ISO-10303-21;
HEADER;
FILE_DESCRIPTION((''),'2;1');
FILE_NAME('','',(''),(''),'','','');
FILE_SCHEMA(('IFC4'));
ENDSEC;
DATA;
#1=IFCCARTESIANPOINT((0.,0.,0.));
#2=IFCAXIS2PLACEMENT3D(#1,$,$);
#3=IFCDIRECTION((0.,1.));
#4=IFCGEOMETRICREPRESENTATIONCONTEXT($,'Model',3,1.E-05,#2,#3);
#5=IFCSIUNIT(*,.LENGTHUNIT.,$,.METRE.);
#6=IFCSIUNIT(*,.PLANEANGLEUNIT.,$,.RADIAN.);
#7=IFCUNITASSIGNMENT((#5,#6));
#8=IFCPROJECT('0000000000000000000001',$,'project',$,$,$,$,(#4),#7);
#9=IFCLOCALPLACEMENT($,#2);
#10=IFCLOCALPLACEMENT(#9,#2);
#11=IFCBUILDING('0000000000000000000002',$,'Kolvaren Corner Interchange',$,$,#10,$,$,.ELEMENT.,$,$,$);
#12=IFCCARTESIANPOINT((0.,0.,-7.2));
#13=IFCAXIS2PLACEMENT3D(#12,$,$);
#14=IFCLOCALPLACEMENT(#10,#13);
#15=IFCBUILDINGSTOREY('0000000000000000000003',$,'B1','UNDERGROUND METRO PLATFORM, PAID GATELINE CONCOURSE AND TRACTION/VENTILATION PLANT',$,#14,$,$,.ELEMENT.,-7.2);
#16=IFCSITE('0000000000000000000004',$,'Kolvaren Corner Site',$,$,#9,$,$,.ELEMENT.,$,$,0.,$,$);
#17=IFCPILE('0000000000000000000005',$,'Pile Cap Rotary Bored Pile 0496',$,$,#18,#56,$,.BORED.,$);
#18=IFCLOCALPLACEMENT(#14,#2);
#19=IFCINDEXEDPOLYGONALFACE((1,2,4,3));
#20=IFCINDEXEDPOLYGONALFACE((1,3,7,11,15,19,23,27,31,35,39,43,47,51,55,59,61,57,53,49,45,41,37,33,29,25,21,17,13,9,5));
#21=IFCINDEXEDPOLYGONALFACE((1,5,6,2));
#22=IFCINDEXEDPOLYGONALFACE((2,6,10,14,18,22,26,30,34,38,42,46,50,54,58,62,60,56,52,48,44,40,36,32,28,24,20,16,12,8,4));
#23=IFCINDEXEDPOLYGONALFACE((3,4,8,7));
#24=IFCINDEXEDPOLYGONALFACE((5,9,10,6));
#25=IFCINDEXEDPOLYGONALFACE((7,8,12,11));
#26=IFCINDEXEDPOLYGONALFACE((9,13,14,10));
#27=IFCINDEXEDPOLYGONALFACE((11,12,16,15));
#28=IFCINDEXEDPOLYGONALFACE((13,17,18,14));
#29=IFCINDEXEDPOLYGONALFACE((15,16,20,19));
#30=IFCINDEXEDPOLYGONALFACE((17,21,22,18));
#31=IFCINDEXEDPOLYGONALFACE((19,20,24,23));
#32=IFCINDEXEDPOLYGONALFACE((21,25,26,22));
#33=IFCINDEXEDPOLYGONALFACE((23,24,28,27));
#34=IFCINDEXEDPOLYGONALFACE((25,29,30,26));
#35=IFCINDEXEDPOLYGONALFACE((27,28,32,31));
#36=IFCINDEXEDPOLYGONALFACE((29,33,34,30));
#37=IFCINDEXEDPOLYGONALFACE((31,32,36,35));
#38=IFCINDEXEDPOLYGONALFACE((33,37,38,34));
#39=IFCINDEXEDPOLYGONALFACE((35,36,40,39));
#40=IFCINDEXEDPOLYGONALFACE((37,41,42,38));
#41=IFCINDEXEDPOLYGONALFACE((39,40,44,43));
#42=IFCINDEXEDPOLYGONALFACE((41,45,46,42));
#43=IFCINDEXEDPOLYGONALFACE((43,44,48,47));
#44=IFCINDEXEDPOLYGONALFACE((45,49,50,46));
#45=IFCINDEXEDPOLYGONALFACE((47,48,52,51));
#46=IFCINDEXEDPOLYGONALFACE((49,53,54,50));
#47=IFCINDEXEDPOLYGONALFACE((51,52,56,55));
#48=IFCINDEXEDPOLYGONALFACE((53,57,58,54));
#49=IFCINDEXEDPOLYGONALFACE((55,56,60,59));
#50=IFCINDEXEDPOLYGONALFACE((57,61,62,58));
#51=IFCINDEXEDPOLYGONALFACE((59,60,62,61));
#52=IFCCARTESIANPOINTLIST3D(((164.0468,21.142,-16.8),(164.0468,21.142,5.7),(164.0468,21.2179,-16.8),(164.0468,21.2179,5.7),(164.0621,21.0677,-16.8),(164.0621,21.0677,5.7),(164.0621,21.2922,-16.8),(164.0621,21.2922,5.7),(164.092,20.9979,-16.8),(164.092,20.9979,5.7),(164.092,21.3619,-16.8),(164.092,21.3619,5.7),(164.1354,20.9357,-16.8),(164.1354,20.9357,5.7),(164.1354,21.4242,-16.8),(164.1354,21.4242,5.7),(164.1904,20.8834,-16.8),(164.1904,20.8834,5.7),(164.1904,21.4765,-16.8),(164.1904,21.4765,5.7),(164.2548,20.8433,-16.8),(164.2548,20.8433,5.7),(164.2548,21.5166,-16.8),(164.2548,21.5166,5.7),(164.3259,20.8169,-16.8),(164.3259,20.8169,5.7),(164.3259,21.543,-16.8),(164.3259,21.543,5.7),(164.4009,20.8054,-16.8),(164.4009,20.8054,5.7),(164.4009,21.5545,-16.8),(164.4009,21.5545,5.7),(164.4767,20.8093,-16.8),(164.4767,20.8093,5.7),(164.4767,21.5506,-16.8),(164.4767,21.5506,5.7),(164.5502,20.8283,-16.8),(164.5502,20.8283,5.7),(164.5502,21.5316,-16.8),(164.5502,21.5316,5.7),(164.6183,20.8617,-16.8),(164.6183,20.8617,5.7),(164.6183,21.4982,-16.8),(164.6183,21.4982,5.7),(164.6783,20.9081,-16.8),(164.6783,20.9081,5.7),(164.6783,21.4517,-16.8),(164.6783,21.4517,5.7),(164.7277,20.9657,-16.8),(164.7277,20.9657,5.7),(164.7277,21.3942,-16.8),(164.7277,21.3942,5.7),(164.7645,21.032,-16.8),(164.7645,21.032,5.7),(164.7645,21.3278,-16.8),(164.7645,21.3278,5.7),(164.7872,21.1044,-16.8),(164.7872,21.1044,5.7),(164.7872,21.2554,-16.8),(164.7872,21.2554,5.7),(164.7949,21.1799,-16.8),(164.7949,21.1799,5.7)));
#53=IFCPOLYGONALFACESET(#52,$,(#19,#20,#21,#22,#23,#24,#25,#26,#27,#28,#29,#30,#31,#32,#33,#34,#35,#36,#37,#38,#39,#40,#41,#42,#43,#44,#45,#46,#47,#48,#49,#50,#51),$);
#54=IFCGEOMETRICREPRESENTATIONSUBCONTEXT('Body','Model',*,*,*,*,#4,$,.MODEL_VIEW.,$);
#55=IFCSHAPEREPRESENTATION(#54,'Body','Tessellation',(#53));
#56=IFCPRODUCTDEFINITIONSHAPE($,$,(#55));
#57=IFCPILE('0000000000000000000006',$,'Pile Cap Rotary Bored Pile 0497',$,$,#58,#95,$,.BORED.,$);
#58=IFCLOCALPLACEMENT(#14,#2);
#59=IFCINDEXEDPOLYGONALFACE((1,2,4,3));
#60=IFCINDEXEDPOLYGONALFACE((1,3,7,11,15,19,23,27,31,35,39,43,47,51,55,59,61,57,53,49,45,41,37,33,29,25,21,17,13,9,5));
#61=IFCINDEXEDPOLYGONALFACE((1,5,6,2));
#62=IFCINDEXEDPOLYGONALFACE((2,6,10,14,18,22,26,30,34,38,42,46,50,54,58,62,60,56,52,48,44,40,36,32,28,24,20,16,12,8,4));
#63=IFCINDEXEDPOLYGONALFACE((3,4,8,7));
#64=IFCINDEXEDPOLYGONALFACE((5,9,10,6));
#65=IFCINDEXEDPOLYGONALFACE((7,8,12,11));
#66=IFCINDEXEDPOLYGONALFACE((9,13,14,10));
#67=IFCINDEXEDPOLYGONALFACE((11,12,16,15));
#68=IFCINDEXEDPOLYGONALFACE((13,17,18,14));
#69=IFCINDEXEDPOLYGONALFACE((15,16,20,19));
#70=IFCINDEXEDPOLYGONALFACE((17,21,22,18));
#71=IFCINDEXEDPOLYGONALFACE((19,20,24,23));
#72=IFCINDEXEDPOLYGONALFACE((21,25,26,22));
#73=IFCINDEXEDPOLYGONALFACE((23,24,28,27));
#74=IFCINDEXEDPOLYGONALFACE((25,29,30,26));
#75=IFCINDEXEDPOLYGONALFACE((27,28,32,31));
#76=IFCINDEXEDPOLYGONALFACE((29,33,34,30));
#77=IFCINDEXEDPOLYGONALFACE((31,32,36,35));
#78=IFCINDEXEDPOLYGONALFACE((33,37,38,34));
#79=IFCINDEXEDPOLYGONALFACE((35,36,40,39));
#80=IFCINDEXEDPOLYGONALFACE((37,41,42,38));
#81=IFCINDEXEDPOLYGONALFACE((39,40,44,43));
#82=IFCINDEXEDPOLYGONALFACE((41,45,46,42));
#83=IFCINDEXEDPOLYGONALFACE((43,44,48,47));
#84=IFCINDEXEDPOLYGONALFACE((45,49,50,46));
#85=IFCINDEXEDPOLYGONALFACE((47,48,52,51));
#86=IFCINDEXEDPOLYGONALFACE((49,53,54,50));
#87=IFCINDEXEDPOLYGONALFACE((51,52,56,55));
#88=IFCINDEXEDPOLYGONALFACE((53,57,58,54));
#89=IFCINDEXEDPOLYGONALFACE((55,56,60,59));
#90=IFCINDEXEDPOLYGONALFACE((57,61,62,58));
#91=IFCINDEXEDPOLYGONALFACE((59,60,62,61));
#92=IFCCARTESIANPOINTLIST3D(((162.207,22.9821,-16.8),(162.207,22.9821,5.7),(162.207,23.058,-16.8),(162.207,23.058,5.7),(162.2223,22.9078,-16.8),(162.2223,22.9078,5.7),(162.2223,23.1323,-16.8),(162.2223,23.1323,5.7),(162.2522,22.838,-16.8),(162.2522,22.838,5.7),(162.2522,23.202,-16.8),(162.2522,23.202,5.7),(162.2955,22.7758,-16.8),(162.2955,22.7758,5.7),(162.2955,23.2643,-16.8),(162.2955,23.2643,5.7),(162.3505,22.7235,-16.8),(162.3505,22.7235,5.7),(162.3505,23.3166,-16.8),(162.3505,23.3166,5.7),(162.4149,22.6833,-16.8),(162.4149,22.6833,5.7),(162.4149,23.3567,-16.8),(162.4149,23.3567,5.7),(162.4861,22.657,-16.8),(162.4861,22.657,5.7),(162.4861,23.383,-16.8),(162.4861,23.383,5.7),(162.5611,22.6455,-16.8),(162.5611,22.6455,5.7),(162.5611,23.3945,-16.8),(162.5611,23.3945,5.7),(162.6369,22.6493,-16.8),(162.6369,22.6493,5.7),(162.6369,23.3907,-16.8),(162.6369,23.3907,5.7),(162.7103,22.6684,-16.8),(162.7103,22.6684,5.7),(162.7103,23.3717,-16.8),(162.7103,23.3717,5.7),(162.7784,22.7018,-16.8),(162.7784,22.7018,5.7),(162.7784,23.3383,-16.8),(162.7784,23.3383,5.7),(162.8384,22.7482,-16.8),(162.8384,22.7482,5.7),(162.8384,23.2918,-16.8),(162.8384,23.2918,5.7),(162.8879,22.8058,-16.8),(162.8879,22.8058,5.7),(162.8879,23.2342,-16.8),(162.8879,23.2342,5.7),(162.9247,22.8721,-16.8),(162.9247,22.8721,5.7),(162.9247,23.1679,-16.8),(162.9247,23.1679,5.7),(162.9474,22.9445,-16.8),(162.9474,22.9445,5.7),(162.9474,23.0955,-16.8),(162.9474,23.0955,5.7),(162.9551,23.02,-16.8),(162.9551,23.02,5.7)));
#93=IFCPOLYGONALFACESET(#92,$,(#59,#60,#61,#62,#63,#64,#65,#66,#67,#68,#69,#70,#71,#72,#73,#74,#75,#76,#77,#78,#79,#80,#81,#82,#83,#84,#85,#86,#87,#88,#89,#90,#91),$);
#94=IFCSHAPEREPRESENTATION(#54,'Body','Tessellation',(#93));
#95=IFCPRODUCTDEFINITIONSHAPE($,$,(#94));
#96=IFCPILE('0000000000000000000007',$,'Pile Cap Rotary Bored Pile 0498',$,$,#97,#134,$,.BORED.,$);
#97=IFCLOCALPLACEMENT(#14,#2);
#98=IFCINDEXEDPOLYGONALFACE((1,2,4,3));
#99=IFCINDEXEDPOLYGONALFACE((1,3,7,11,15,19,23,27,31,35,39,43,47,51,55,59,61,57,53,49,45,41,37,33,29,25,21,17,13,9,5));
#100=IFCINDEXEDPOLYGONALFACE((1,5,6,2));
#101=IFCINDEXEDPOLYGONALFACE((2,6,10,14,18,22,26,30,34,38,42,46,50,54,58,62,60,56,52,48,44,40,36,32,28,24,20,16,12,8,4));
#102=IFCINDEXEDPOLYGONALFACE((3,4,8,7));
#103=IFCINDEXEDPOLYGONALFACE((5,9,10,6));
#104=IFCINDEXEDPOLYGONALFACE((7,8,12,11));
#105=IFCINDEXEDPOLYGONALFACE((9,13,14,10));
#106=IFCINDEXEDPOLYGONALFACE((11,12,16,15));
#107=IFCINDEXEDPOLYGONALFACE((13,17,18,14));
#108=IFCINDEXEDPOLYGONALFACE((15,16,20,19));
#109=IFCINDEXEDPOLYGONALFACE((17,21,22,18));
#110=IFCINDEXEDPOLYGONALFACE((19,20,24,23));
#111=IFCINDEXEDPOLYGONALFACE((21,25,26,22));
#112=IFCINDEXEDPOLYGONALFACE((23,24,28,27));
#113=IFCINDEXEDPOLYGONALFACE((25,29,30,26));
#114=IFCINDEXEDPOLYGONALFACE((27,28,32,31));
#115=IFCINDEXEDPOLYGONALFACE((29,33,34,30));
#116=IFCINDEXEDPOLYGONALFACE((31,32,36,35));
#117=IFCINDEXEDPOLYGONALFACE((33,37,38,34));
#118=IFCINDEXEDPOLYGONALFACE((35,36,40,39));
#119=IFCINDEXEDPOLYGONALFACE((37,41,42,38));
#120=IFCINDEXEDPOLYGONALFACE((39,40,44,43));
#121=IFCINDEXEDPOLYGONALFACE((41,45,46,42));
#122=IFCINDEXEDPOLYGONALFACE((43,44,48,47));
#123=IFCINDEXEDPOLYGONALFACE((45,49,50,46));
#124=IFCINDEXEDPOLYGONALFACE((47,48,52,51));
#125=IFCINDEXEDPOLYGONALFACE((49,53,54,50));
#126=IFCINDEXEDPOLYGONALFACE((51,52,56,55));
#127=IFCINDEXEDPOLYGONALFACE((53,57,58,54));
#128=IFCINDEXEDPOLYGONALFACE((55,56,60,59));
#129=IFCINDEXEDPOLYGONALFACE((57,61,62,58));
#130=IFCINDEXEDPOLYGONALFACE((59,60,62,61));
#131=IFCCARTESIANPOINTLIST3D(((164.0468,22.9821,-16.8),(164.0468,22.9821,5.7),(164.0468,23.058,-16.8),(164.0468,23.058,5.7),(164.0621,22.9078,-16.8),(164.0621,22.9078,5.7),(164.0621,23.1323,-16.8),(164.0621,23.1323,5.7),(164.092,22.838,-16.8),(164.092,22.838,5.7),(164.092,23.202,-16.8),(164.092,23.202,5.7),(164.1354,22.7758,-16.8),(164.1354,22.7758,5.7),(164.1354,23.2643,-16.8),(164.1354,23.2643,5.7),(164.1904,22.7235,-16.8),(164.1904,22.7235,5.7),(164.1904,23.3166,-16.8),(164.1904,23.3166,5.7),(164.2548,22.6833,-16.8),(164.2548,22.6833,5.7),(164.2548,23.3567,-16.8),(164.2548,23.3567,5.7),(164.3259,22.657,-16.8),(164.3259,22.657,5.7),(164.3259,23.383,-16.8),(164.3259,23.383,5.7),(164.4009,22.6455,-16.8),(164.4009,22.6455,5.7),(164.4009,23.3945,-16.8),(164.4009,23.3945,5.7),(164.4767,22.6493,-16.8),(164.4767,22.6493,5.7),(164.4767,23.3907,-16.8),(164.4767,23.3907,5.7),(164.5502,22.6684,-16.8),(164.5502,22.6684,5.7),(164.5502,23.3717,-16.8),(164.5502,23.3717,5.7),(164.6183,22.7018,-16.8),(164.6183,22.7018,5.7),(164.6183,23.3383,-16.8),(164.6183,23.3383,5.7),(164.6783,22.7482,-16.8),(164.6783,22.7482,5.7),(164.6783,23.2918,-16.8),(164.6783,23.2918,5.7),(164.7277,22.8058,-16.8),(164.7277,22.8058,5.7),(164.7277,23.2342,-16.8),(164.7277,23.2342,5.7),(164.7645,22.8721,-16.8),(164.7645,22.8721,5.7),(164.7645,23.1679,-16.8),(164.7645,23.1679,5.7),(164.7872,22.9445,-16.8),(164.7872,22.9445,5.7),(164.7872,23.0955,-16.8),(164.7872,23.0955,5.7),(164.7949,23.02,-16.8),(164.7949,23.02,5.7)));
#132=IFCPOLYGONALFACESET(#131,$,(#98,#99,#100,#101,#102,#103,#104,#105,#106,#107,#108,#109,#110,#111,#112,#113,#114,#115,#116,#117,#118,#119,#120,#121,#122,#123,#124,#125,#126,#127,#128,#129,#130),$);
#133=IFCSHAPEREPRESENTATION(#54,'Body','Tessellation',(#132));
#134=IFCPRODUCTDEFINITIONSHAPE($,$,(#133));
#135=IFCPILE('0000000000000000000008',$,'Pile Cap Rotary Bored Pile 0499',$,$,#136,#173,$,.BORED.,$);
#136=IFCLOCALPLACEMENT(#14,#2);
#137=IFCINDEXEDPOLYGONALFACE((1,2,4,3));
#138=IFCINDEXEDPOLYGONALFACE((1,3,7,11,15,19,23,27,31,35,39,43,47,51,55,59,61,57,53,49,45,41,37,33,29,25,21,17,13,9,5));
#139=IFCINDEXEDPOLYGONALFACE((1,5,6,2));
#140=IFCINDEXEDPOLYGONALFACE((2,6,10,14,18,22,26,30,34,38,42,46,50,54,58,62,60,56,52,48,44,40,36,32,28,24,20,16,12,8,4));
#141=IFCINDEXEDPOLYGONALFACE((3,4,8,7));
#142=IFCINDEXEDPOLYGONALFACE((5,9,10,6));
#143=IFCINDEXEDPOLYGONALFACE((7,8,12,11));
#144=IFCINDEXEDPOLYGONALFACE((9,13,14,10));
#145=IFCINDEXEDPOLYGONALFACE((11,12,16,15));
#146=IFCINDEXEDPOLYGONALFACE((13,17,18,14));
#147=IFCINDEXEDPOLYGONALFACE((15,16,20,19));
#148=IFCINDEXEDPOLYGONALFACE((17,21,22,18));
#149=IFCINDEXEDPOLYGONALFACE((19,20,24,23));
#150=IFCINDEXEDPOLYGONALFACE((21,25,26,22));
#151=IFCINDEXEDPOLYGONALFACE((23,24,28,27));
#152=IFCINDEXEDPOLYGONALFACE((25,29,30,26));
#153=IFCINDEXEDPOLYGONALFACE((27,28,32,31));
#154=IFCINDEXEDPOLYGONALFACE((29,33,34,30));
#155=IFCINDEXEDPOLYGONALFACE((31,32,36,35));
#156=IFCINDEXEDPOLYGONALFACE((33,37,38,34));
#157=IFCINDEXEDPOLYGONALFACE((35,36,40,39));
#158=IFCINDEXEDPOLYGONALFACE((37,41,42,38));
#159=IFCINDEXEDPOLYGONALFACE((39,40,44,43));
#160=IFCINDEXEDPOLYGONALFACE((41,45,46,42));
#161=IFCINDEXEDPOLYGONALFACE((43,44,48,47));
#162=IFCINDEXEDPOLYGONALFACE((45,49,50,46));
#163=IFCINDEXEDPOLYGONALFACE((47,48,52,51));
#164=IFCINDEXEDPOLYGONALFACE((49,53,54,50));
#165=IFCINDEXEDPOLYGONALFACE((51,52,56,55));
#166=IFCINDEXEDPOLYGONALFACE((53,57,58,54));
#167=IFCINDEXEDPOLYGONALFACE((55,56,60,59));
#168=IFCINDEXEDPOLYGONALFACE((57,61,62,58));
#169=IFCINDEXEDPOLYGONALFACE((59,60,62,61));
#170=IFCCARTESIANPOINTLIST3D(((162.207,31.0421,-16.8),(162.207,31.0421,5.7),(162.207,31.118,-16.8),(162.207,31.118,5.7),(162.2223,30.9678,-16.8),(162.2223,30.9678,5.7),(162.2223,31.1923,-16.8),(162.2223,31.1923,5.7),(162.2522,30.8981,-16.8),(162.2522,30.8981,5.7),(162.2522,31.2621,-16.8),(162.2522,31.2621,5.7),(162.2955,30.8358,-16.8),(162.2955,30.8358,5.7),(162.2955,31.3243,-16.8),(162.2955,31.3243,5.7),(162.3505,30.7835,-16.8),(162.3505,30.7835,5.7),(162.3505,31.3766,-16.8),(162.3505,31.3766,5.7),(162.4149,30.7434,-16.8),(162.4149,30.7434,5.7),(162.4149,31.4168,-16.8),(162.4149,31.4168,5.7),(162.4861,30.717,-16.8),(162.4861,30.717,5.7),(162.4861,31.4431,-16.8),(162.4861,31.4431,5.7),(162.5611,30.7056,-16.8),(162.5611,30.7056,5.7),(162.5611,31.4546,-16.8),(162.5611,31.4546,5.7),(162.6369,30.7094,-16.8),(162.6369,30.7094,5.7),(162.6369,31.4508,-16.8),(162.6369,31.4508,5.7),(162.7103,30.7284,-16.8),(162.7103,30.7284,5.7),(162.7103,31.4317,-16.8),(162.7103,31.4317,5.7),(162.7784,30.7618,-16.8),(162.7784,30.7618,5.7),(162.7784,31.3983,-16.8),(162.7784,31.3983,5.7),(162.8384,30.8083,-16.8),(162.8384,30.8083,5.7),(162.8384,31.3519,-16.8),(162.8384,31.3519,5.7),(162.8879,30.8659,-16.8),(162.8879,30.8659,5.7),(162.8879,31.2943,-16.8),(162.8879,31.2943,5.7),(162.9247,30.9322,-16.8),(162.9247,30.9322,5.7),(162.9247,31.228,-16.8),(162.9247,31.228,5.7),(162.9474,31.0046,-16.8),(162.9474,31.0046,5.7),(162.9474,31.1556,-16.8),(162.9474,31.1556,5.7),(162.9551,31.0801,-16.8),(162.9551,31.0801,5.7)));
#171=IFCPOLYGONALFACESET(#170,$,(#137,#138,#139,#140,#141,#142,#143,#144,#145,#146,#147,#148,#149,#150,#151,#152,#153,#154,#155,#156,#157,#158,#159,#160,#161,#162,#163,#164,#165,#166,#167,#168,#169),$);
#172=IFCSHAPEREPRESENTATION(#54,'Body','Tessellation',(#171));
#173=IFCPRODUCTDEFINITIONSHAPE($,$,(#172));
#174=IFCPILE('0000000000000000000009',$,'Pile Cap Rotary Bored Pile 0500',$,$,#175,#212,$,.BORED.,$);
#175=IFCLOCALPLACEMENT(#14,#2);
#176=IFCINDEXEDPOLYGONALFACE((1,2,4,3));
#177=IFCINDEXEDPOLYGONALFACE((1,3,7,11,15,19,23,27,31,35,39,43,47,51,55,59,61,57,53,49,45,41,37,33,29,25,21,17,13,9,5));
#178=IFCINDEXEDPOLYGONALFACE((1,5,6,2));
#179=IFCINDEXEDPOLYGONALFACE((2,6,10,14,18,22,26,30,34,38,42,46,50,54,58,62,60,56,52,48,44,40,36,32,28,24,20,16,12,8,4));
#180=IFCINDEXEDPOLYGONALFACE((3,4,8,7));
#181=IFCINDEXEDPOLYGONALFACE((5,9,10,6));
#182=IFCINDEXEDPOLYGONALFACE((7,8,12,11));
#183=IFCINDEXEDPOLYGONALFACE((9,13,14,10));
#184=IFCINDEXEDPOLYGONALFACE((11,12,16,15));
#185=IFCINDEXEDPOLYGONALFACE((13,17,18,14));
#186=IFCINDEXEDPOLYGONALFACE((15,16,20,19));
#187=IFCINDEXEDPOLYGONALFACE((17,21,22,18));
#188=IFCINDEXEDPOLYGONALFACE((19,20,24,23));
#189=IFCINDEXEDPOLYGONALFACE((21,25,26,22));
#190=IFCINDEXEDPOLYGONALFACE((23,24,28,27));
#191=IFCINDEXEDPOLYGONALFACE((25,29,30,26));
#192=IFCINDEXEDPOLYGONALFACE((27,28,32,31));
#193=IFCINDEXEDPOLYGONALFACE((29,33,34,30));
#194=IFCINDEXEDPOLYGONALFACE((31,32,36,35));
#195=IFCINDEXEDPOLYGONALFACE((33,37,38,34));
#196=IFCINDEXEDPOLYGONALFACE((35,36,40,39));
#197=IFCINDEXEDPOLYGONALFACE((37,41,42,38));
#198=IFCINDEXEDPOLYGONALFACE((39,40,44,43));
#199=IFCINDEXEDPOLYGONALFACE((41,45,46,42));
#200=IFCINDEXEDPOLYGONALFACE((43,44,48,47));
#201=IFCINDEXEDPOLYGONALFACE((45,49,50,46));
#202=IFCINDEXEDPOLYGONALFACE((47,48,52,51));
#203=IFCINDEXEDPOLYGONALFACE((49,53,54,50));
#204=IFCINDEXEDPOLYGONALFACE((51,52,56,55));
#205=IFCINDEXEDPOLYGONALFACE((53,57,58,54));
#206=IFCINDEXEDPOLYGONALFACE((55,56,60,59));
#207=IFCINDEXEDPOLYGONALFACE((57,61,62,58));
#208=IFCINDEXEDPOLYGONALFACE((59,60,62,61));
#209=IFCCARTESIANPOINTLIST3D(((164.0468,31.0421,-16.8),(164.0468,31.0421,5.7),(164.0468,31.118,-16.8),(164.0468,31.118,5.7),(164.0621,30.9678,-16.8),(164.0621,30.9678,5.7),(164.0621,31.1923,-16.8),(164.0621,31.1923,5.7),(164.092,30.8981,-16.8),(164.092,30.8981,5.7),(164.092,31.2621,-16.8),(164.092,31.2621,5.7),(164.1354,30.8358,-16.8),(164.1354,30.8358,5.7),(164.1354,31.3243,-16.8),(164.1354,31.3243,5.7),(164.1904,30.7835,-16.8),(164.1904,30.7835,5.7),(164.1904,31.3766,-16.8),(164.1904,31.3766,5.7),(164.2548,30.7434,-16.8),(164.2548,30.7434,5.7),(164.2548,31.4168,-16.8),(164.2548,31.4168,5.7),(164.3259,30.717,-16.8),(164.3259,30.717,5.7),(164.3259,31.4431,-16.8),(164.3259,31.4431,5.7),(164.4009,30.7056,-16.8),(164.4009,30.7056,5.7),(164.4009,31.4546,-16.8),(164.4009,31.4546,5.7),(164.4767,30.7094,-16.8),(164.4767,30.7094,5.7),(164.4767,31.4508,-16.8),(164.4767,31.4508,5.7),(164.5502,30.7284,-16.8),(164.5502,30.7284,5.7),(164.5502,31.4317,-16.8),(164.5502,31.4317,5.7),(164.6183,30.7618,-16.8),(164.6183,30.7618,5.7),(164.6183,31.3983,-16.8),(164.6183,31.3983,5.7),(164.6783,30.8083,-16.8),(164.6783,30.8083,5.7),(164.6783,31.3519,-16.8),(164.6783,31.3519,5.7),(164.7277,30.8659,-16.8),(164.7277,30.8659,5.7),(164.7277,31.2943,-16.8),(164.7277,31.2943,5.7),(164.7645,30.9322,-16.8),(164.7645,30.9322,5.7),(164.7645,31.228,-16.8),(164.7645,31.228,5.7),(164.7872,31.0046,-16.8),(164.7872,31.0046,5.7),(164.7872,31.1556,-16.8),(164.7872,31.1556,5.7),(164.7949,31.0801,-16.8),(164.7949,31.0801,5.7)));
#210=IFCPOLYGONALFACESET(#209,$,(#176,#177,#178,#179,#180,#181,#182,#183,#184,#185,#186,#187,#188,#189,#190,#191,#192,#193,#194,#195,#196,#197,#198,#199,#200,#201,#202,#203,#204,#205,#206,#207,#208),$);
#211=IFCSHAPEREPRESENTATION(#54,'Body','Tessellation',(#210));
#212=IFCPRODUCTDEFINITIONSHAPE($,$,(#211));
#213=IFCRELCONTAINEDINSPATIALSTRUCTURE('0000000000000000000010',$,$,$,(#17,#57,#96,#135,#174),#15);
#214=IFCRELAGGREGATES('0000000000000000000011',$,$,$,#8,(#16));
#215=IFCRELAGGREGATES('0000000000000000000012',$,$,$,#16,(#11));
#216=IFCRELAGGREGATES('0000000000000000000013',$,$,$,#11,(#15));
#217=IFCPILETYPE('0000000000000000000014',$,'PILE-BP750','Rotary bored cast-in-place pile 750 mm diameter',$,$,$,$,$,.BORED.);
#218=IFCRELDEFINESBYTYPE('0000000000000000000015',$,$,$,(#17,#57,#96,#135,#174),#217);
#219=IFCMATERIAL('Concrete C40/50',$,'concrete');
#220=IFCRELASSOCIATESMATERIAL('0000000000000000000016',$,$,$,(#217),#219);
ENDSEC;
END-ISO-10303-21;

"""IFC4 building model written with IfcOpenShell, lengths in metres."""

from ifc_helpers import new_model, si_unit, direction, frame, origin, origin_2d, place, context, subcontext, project, spatial, circle, extrude, material, material_profile, profile_set, type_object, element, save


model = new_model("IFC4")

# Units and contexts
model_context = context("Model", 3, precision=1e-05, world=origin(), true_north=direction((0.0, 1.0)))
body_context = subcontext(model_context, "Body", "Model", "MODEL_VIEW")
ifc_project = project(units=[si_unit("LENGTHUNIT", "METRE"), si_unit("PLANEANGLEUNIT", "RADIAN")], contexts=[model_context])

# Site, building, storey
site_placement = place(None, origin())
site = spatial("IfcSite", under=ifc_project, at=site_placement, Name="Kolvaren Corner Site", CompositionType="ELEMENT", RefElevation=0.0)
building_placement = place(site_placement, origin())
building = spatial("IfcBuilding", under=site, at=building_placement, Name="Kolvaren Corner Interchange", CompositionType="ELEMENT")
storey_placement = place(building_placement, frame((0.0, 0.0, -7.2)))
storey = spatial("IfcBuildingStorey", under=building, at=storey_placement, Name="B1", Description="UNDERGROUND METRO PLATFORM, PAID GATELINE CONCOURSE AND TRACTION/VENTILATION PLANT", CompositionType="ELEMENT", Elevation=-7.2)

# Piles
ifc_material_1 = material(Name="Concrete C40/50", Category="concrete")
ifc_material_profile_1 = material_profile(ifc_material_1, circle(Radius=0.375, at=origin_2d()), Name="BORED PILE 750")
ifc_profile_set_1 = profile_set([ifc_material_profile_1], Name="Concrete C40/50")
pile_type_1 = type_object("IfcPileType", Name="PILE-BP750", Description="Rotary bored cast-in-place pile 750 mm diameter", PredefinedType="BORED", material=ifc_profile_set_1)
for number, where, z_axis, x_axis, name in (
    (1, (164.4199, 21.1799, 5.7), (0.0, 0.0, -1.0), (1.0, 0.0, 0.0), "Pile Cap Rotary Bored Pile 0496"),
    (2, (162.5801, 23.02, 5.7), (0.0, 0.0, -1.0), (1.0, 0.0, 0.0), "Pile Cap Rotary Bored Pile 0497"),
    (3, (164.4199, 23.02, 5.7), (0.0, 0.0, -1.0), (1.0, 0.0, 0.0), "Pile Cap Rotary Bored Pile 0498"),
    (4, (162.5801, 31.0801, 5.7), (0.0, 0.0, -1.0), (1.0, 0.0, 0.0), "Pile Cap Rotary Bored Pile 0499"),
    (5, (164.4199, 31.0801, 5.7), (0.0, 0.0, -1.0), (1.0, 0.0, 0.0), "Pile Cap Rotary Bored Pile 0500"),
):
    element("IfcPile", number, at=place(storey_placement, frame(where, z_axis=z_axis, x_axis=x_axis)), inside=storey, type_object=pile_type_1, Name=name, PredefinedType="BORED", context=body_context, shape_type="SweptSolid", body=[
        extrude(circle(Radius=0.375, at=origin_2d()), origin(), (0.0, 0.0, 1.0), 22.5),
    ])

save(model, "model.ifc")
